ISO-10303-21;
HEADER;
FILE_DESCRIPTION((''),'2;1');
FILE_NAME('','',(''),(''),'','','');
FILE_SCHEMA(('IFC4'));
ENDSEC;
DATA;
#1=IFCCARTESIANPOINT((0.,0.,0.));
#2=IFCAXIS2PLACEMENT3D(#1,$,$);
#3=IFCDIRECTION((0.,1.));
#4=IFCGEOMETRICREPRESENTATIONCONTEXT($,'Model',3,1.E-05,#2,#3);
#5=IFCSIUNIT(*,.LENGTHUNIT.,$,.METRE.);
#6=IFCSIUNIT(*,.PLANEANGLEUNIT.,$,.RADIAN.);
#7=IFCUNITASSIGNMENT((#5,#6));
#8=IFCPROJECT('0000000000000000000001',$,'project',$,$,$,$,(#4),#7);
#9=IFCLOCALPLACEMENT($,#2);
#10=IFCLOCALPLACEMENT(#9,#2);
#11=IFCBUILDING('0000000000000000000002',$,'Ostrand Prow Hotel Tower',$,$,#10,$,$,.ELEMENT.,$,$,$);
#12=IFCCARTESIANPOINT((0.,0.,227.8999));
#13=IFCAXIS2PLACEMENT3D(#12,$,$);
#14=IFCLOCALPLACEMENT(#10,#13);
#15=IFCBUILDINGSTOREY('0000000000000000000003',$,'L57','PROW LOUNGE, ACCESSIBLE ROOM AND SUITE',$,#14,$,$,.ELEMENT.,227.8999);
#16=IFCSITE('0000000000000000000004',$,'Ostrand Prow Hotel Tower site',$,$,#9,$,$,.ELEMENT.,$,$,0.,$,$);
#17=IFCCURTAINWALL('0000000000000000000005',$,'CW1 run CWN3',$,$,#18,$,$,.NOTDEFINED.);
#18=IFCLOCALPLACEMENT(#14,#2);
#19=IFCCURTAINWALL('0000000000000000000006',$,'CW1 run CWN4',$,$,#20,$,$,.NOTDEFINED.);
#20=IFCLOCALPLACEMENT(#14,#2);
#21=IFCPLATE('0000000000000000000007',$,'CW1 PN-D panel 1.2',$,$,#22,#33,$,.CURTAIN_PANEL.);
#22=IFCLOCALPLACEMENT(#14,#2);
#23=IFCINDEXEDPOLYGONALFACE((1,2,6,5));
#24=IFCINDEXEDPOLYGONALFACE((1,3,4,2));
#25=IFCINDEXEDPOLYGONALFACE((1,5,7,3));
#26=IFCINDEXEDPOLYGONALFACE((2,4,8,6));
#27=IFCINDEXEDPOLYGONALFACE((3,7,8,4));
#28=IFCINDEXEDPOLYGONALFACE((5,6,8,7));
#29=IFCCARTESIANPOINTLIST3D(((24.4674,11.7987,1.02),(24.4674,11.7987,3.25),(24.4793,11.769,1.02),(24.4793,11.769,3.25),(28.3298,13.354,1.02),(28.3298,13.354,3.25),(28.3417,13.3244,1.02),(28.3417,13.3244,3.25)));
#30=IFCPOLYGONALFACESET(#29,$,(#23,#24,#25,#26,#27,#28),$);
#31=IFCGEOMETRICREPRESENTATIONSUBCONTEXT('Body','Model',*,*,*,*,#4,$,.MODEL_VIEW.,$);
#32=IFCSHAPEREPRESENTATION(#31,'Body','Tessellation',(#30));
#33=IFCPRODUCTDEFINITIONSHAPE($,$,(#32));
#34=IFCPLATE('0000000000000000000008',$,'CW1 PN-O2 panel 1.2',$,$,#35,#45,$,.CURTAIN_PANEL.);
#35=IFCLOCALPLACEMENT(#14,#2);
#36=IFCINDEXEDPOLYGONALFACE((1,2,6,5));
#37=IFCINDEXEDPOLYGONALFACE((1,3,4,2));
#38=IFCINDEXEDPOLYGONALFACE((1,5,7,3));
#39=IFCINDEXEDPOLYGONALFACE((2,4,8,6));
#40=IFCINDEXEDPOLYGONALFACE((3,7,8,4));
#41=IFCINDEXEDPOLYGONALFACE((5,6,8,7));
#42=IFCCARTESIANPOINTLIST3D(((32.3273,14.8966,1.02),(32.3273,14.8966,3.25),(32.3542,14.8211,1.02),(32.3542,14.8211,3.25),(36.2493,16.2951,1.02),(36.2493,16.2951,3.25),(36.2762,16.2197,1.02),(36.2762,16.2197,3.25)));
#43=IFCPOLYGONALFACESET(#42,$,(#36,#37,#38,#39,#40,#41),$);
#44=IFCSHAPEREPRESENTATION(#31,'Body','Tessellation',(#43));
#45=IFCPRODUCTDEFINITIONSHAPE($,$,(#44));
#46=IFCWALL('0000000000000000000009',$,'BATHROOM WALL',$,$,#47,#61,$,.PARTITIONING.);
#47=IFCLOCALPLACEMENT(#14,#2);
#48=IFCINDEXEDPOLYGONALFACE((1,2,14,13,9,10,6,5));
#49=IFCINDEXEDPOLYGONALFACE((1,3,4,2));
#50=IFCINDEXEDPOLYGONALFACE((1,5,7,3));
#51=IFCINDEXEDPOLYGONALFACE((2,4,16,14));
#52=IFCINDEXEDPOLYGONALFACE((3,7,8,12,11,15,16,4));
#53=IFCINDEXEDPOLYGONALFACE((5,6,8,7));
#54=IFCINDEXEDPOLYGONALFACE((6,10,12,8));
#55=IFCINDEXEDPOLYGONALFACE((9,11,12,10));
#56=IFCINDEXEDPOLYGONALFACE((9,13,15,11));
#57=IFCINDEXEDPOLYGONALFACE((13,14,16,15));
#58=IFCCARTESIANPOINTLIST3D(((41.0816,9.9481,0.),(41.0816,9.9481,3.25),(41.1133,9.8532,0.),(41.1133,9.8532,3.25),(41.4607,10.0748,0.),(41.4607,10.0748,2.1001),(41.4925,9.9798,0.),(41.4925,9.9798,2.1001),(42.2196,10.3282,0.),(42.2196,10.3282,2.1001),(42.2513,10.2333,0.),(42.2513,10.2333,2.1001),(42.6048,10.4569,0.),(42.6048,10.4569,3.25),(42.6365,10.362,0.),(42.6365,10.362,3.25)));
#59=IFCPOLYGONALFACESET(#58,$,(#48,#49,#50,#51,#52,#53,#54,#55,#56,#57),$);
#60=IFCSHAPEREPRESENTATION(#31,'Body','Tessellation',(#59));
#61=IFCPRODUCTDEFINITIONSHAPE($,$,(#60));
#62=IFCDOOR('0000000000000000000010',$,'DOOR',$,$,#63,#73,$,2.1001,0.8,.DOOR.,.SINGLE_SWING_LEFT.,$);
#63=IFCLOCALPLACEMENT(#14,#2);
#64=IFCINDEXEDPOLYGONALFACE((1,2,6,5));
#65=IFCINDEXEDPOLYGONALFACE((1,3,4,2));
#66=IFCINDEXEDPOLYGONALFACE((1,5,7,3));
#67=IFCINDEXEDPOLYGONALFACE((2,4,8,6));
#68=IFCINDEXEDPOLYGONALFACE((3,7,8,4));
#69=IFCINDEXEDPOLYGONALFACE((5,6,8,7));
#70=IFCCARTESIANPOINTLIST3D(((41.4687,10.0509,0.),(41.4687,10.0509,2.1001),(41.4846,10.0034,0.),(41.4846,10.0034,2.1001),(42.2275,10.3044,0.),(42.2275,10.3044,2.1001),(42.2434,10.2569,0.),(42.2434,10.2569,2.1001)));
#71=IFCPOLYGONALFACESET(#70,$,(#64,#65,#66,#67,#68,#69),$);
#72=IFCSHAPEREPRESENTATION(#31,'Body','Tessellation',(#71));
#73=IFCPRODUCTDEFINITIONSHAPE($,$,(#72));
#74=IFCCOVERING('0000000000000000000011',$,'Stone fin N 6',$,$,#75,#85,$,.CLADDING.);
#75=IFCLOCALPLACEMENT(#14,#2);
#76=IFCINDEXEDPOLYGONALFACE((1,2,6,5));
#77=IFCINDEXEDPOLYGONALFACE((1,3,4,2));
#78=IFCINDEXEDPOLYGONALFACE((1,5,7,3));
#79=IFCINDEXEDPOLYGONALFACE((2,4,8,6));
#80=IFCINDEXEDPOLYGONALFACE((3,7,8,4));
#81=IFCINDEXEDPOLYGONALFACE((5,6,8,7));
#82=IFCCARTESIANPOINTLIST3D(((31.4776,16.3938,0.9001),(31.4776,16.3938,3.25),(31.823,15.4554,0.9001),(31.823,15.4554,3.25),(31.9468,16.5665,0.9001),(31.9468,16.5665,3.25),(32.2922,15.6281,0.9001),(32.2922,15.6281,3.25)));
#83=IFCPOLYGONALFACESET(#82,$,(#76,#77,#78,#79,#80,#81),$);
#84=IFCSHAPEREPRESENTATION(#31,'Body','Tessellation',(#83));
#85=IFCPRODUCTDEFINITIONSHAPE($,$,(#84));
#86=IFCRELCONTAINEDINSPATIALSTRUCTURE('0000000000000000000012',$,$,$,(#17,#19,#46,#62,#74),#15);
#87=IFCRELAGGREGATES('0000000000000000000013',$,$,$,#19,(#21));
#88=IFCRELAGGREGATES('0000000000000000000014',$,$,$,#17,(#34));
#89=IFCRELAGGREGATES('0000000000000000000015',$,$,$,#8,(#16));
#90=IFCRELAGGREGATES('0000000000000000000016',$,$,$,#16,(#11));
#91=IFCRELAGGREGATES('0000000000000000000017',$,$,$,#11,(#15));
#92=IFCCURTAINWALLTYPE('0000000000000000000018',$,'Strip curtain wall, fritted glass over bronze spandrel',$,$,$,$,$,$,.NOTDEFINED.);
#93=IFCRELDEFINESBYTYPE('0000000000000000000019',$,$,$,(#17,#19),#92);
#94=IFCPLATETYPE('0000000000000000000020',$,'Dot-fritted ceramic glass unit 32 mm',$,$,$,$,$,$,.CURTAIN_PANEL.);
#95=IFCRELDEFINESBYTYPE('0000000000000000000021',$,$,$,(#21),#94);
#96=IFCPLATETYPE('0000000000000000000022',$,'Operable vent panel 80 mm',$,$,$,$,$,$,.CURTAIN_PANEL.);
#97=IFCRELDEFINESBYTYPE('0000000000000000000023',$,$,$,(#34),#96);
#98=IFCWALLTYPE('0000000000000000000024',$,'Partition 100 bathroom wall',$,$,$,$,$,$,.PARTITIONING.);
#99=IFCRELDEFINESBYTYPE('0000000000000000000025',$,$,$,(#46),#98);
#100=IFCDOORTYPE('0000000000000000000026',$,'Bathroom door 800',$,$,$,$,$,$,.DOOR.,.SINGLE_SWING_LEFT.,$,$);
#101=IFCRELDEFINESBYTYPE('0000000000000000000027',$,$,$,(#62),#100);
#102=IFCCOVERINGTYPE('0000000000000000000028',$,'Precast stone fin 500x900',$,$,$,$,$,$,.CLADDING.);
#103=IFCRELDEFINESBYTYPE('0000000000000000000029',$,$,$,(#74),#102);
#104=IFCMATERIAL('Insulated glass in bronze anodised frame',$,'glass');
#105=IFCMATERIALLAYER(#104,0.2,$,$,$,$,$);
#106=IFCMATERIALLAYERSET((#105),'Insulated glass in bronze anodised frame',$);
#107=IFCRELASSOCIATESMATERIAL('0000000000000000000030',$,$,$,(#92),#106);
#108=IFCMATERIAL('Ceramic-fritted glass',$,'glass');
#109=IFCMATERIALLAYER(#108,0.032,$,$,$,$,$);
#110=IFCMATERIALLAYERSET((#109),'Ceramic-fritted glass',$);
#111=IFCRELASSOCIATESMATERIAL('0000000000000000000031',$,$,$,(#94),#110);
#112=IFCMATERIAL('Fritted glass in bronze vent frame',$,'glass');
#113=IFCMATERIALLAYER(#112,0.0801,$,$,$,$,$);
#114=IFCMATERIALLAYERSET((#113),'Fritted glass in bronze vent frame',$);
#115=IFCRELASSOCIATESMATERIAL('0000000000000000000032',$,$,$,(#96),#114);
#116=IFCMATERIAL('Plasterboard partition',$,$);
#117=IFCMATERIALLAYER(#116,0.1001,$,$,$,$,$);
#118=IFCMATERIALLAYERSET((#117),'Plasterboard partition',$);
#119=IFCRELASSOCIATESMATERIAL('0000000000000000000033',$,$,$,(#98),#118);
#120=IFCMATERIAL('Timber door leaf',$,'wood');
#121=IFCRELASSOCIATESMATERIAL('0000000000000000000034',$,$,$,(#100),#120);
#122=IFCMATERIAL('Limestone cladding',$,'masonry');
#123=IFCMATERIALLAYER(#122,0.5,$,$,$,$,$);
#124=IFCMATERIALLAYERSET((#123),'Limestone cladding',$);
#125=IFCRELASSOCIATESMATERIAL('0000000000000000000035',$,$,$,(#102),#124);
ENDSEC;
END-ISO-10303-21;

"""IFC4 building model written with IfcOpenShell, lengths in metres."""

from ifc_helpers import new_model, si_unit, direction, frame, frame_2d, origin, origin_2d, place, context, subcontext, project, spatial, rectangle, extrude, material, layer, layer_set, type_object, element, fill, aggregate, save


model = new_model("IFC4")

# Units and contexts
model_context = context("Model", 3, precision=1e-05, world=origin(), true_north=direction((0.0, 1.0)))
body_context = subcontext(model_context, "Body", "Model", "MODEL_VIEW")
ifc_project = project(units=[si_unit("LENGTHUNIT", "METRE"), si_unit("PLANEANGLEUNIT", "RADIAN")], contexts=[model_context])

# Site, building, storey
site_placement = place(None, origin())
site = spatial("IfcSite", under=ifc_project, at=site_placement, Name="Ostrand Prow Hotel Tower site", CompositionType="ELEMENT", RefElevation=0.0)
building_placement = place(site_placement, origin())
building = spatial("IfcBuilding", under=site, at=building_placement, Name="Ostrand Prow Hotel Tower", CompositionType="ELEMENT")
storey_placement = place(building_placement, frame((0.0, 0.0, 227.8999)))
storey = spatial("IfcBuildingStorey", under=building, at=storey_placement, Name="L57", Description="PROW LOUNGE, ACCESSIBLE ROOM AND SUITE", CompositionType="ELEMENT", Elevation=227.8999)

# Curtain wall
ifc_material_1 = material(Name="Insulated glass in bronze anodised frame", Category="glass")
ifc_layer_1 = layer(ifc_material_1, 0.2)
ifc_layer_set_1 = layer_set([ifc_layer_1], Name="Insulated glass in bronze anodised frame")
curtain_wall_type = type_object("IfcCurtainWallType", Name="Strip curtain wall, fritted glass over bronze spandrel", PredefinedType="NOTDEFINED", material=ifc_layer_set_1)
curtain_wall_1_placement = place(storey_placement, origin())
curtain_wall_1 = element("IfcCurtainWall", 1, at=curtain_wall_1_placement, inside=storey, type_object=curtain_wall_type, Name="CW1 run CWN3", PredefinedType="NOTDEFINED")

# Curtain wall
curtain_wall_2_placement = place(storey_placement, origin())
curtain_wall_2 = element("IfcCurtainWall", 2, at=curtain_wall_2_placement, inside=storey, type_object=curtain_wall_type, Name="CW1 run CWN4", PredefinedType="NOTDEFINED")

# Plates
ifc_material_2 = material(Name="Ceramic-fritted glass", Category="glass")
ifc_layer_2 = layer(ifc_material_2, 0.032)
ifc_layer_set_2 = layer_set([ifc_layer_2], Name="Ceramic-fritted glass")
plate_type_1 = type_object("IfcPlateType", Name="Dot-fritted ceramic glass unit 32 mm", PredefinedType="CURTAIN_PANEL", material=ifc_layer_set_2)
plate_1_placement = place(storey_placement, frame((26.4045, 12.5615, 1.02), z_axis=(0.0, 0.0, 1.0), x_axis=(-0.927617, -0.373533, 0.0)))
plate_1 = element("IfcPlate", 3, at=plate_1_placement, type_object=plate_type_1, Name="CW1 PN-D panel 1.2", PredefinedType="CURTAIN_PANEL", context=body_context, shape_type="SweptSolid", body=[
    extrude(rectangle(XDim=4.1638, YDim=0.032, at=origin_2d()), origin(), (0.0, 0.0, 1.0), 2.23),
])
aggregate(curtain_wall_2, [plate_1])
ifc_material_3 = material(Name="Fritted glass in bronze vent frame", Category="glass")
ifc_layer_3 = layer(ifc_material_3, 0.0801)
ifc_layer_set_3 = layer_set([ifc_layer_3], Name="Fritted glass in bronze vent frame")
plate_type_2 = type_object("IfcPlateType", Name="Operable vent panel 80 mm", PredefinedType="CURTAIN_PANEL", material=ifc_layer_set_3)
plate_2_placement = place(storey_placement, frame((34.3018, 15.5581, 1.02), z_axis=(0.0, 0.0, 1.0), x_axis=(-0.941906, -0.335877, 0.0)))
plate_2 = element("IfcPlate", 4, at=plate_2_placement, type_object=plate_type_2, Name="CW1 PN-O2 panel 1.2", PredefinedType="CURTAIN_PANEL", context=body_context, shape_type="SweptSolid", body=[
    extrude(rectangle(XDim=4.1638, YDim=0.0801, at=origin_2d()), origin(), (0.0, 0.0, 1.0), 2.23),
])
aggregate(curtain_wall_1, [plate_2])

# Wall, opening, door
ifc_material_4 = material(Name="Plasterboard partition")
ifc_layer_4 = layer(ifc_material_4, 0.1001)
ifc_layer_set_4 = layer_set([ifc_layer_4], Name="Plasterboard partition")
wall_type = type_object("IfcWallType", Name="Partition 100 bathroom wall", PredefinedType="PARTITIONING", material=ifc_layer_set_4)
wall_placement = place(storey_placement, frame((41.0974, 9.9006, 0.0), z_axis=(0.0, 0.0, 1.0), x_axis=(0.948485, 0.316821, 0.0)))
wall = element("IfcWall", 5, at=wall_placement, inside=storey, type_object=wall_type, Name="BATHROOM WALL", PredefinedType="PARTITIONING", context=body_context, shape_type="SweptSolid", body=[
    extrude(rectangle(XDim=1.606, YDim=0.1001, at=frame_2d((0.803, 0.0))), origin(), (0.0, 0.0, 1.0), 3.25),
])
opening_placement = place(wall_placement, frame((0.3999, 0.0, 0.0)))
opening = element("IfcOpeningElement", 6, at=opening_placement, cuts=wall, PredefinedType="OPENING", context=body_context, shape_type="SweptSolid", body=[
    extrude(rectangle(XDim=0.8, YDim=2.1001, at=frame_2d((0.3999, 1.05))), frame((0.0, 0.0601, 0.0), z_axis=(0.0, -1.0, 0.0), x_axis=(1.0, 0.0, 0.0)), (0.0, 0.0, 1.0), 0.1201),
])
ifc_material_5 = material(Name="Timber door leaf", Category="wood")
door_type = type_object("IfcDoorType", Name="Bathroom door 800", OperationType="SINGLE_SWING_LEFT", PredefinedType="DOOR", material=ifc_material_5)
door_placement = place(opening_placement, origin())
door = element("IfcDoor", 7, at=door_placement, inside=storey, type_object=door_type, Name="DOOR", OperationType="SINGLE_SWING_LEFT", OverallHeight=2.1001, OverallWidth=0.8, PredefinedType="DOOR", context=body_context, shape_type="SweptSolid", body=[
    extrude(rectangle(XDim=0.8, YDim=2.1001, at=frame_2d((0.3999, 1.05))), frame((0.0, 0.0249, 0.0), z_axis=(0.0, -1.0, 0.0), x_axis=(1.0, 0.0, 0.0)), (0.0, 0.0, 1.0), 0.05),
])
fill(opening, door)

# Covering
ifc_material_6 = material(Name="Limestone cladding", Category="masonry")
ifc_layer_5 = layer(ifc_material_6, 0.5)
ifc_layer_set_5 = layer_set([ifc_layer_5], Name="Limestone cladding")
covering_type = type_object("IfcCoveringType", Name="Precast stone fin 500x900", PredefinedType="CLADDING", material=ifc_layer_set_5)
covering_placement = place(storey_placement, frame((32.0576, 15.5417, 0.9001), z_axis=(0.0, 0.0, 1.0), x_axis=(-0.345445, 0.938439, 0.0)))
element("IfcCovering", 8, at=covering_placement, inside=storey, type_object=covering_type, Name="Stone fin N 6", PredefinedType="CLADDING", context=body_context, shape_type="SweptSolid", body=[
    extrude(rectangle(XDim=1.0, YDim=0.5, at=frame_2d((0.5, 0.0))), origin(), (0.0, 0.0, 1.0), 2.3499),
])

save(model, "model.ifc")
